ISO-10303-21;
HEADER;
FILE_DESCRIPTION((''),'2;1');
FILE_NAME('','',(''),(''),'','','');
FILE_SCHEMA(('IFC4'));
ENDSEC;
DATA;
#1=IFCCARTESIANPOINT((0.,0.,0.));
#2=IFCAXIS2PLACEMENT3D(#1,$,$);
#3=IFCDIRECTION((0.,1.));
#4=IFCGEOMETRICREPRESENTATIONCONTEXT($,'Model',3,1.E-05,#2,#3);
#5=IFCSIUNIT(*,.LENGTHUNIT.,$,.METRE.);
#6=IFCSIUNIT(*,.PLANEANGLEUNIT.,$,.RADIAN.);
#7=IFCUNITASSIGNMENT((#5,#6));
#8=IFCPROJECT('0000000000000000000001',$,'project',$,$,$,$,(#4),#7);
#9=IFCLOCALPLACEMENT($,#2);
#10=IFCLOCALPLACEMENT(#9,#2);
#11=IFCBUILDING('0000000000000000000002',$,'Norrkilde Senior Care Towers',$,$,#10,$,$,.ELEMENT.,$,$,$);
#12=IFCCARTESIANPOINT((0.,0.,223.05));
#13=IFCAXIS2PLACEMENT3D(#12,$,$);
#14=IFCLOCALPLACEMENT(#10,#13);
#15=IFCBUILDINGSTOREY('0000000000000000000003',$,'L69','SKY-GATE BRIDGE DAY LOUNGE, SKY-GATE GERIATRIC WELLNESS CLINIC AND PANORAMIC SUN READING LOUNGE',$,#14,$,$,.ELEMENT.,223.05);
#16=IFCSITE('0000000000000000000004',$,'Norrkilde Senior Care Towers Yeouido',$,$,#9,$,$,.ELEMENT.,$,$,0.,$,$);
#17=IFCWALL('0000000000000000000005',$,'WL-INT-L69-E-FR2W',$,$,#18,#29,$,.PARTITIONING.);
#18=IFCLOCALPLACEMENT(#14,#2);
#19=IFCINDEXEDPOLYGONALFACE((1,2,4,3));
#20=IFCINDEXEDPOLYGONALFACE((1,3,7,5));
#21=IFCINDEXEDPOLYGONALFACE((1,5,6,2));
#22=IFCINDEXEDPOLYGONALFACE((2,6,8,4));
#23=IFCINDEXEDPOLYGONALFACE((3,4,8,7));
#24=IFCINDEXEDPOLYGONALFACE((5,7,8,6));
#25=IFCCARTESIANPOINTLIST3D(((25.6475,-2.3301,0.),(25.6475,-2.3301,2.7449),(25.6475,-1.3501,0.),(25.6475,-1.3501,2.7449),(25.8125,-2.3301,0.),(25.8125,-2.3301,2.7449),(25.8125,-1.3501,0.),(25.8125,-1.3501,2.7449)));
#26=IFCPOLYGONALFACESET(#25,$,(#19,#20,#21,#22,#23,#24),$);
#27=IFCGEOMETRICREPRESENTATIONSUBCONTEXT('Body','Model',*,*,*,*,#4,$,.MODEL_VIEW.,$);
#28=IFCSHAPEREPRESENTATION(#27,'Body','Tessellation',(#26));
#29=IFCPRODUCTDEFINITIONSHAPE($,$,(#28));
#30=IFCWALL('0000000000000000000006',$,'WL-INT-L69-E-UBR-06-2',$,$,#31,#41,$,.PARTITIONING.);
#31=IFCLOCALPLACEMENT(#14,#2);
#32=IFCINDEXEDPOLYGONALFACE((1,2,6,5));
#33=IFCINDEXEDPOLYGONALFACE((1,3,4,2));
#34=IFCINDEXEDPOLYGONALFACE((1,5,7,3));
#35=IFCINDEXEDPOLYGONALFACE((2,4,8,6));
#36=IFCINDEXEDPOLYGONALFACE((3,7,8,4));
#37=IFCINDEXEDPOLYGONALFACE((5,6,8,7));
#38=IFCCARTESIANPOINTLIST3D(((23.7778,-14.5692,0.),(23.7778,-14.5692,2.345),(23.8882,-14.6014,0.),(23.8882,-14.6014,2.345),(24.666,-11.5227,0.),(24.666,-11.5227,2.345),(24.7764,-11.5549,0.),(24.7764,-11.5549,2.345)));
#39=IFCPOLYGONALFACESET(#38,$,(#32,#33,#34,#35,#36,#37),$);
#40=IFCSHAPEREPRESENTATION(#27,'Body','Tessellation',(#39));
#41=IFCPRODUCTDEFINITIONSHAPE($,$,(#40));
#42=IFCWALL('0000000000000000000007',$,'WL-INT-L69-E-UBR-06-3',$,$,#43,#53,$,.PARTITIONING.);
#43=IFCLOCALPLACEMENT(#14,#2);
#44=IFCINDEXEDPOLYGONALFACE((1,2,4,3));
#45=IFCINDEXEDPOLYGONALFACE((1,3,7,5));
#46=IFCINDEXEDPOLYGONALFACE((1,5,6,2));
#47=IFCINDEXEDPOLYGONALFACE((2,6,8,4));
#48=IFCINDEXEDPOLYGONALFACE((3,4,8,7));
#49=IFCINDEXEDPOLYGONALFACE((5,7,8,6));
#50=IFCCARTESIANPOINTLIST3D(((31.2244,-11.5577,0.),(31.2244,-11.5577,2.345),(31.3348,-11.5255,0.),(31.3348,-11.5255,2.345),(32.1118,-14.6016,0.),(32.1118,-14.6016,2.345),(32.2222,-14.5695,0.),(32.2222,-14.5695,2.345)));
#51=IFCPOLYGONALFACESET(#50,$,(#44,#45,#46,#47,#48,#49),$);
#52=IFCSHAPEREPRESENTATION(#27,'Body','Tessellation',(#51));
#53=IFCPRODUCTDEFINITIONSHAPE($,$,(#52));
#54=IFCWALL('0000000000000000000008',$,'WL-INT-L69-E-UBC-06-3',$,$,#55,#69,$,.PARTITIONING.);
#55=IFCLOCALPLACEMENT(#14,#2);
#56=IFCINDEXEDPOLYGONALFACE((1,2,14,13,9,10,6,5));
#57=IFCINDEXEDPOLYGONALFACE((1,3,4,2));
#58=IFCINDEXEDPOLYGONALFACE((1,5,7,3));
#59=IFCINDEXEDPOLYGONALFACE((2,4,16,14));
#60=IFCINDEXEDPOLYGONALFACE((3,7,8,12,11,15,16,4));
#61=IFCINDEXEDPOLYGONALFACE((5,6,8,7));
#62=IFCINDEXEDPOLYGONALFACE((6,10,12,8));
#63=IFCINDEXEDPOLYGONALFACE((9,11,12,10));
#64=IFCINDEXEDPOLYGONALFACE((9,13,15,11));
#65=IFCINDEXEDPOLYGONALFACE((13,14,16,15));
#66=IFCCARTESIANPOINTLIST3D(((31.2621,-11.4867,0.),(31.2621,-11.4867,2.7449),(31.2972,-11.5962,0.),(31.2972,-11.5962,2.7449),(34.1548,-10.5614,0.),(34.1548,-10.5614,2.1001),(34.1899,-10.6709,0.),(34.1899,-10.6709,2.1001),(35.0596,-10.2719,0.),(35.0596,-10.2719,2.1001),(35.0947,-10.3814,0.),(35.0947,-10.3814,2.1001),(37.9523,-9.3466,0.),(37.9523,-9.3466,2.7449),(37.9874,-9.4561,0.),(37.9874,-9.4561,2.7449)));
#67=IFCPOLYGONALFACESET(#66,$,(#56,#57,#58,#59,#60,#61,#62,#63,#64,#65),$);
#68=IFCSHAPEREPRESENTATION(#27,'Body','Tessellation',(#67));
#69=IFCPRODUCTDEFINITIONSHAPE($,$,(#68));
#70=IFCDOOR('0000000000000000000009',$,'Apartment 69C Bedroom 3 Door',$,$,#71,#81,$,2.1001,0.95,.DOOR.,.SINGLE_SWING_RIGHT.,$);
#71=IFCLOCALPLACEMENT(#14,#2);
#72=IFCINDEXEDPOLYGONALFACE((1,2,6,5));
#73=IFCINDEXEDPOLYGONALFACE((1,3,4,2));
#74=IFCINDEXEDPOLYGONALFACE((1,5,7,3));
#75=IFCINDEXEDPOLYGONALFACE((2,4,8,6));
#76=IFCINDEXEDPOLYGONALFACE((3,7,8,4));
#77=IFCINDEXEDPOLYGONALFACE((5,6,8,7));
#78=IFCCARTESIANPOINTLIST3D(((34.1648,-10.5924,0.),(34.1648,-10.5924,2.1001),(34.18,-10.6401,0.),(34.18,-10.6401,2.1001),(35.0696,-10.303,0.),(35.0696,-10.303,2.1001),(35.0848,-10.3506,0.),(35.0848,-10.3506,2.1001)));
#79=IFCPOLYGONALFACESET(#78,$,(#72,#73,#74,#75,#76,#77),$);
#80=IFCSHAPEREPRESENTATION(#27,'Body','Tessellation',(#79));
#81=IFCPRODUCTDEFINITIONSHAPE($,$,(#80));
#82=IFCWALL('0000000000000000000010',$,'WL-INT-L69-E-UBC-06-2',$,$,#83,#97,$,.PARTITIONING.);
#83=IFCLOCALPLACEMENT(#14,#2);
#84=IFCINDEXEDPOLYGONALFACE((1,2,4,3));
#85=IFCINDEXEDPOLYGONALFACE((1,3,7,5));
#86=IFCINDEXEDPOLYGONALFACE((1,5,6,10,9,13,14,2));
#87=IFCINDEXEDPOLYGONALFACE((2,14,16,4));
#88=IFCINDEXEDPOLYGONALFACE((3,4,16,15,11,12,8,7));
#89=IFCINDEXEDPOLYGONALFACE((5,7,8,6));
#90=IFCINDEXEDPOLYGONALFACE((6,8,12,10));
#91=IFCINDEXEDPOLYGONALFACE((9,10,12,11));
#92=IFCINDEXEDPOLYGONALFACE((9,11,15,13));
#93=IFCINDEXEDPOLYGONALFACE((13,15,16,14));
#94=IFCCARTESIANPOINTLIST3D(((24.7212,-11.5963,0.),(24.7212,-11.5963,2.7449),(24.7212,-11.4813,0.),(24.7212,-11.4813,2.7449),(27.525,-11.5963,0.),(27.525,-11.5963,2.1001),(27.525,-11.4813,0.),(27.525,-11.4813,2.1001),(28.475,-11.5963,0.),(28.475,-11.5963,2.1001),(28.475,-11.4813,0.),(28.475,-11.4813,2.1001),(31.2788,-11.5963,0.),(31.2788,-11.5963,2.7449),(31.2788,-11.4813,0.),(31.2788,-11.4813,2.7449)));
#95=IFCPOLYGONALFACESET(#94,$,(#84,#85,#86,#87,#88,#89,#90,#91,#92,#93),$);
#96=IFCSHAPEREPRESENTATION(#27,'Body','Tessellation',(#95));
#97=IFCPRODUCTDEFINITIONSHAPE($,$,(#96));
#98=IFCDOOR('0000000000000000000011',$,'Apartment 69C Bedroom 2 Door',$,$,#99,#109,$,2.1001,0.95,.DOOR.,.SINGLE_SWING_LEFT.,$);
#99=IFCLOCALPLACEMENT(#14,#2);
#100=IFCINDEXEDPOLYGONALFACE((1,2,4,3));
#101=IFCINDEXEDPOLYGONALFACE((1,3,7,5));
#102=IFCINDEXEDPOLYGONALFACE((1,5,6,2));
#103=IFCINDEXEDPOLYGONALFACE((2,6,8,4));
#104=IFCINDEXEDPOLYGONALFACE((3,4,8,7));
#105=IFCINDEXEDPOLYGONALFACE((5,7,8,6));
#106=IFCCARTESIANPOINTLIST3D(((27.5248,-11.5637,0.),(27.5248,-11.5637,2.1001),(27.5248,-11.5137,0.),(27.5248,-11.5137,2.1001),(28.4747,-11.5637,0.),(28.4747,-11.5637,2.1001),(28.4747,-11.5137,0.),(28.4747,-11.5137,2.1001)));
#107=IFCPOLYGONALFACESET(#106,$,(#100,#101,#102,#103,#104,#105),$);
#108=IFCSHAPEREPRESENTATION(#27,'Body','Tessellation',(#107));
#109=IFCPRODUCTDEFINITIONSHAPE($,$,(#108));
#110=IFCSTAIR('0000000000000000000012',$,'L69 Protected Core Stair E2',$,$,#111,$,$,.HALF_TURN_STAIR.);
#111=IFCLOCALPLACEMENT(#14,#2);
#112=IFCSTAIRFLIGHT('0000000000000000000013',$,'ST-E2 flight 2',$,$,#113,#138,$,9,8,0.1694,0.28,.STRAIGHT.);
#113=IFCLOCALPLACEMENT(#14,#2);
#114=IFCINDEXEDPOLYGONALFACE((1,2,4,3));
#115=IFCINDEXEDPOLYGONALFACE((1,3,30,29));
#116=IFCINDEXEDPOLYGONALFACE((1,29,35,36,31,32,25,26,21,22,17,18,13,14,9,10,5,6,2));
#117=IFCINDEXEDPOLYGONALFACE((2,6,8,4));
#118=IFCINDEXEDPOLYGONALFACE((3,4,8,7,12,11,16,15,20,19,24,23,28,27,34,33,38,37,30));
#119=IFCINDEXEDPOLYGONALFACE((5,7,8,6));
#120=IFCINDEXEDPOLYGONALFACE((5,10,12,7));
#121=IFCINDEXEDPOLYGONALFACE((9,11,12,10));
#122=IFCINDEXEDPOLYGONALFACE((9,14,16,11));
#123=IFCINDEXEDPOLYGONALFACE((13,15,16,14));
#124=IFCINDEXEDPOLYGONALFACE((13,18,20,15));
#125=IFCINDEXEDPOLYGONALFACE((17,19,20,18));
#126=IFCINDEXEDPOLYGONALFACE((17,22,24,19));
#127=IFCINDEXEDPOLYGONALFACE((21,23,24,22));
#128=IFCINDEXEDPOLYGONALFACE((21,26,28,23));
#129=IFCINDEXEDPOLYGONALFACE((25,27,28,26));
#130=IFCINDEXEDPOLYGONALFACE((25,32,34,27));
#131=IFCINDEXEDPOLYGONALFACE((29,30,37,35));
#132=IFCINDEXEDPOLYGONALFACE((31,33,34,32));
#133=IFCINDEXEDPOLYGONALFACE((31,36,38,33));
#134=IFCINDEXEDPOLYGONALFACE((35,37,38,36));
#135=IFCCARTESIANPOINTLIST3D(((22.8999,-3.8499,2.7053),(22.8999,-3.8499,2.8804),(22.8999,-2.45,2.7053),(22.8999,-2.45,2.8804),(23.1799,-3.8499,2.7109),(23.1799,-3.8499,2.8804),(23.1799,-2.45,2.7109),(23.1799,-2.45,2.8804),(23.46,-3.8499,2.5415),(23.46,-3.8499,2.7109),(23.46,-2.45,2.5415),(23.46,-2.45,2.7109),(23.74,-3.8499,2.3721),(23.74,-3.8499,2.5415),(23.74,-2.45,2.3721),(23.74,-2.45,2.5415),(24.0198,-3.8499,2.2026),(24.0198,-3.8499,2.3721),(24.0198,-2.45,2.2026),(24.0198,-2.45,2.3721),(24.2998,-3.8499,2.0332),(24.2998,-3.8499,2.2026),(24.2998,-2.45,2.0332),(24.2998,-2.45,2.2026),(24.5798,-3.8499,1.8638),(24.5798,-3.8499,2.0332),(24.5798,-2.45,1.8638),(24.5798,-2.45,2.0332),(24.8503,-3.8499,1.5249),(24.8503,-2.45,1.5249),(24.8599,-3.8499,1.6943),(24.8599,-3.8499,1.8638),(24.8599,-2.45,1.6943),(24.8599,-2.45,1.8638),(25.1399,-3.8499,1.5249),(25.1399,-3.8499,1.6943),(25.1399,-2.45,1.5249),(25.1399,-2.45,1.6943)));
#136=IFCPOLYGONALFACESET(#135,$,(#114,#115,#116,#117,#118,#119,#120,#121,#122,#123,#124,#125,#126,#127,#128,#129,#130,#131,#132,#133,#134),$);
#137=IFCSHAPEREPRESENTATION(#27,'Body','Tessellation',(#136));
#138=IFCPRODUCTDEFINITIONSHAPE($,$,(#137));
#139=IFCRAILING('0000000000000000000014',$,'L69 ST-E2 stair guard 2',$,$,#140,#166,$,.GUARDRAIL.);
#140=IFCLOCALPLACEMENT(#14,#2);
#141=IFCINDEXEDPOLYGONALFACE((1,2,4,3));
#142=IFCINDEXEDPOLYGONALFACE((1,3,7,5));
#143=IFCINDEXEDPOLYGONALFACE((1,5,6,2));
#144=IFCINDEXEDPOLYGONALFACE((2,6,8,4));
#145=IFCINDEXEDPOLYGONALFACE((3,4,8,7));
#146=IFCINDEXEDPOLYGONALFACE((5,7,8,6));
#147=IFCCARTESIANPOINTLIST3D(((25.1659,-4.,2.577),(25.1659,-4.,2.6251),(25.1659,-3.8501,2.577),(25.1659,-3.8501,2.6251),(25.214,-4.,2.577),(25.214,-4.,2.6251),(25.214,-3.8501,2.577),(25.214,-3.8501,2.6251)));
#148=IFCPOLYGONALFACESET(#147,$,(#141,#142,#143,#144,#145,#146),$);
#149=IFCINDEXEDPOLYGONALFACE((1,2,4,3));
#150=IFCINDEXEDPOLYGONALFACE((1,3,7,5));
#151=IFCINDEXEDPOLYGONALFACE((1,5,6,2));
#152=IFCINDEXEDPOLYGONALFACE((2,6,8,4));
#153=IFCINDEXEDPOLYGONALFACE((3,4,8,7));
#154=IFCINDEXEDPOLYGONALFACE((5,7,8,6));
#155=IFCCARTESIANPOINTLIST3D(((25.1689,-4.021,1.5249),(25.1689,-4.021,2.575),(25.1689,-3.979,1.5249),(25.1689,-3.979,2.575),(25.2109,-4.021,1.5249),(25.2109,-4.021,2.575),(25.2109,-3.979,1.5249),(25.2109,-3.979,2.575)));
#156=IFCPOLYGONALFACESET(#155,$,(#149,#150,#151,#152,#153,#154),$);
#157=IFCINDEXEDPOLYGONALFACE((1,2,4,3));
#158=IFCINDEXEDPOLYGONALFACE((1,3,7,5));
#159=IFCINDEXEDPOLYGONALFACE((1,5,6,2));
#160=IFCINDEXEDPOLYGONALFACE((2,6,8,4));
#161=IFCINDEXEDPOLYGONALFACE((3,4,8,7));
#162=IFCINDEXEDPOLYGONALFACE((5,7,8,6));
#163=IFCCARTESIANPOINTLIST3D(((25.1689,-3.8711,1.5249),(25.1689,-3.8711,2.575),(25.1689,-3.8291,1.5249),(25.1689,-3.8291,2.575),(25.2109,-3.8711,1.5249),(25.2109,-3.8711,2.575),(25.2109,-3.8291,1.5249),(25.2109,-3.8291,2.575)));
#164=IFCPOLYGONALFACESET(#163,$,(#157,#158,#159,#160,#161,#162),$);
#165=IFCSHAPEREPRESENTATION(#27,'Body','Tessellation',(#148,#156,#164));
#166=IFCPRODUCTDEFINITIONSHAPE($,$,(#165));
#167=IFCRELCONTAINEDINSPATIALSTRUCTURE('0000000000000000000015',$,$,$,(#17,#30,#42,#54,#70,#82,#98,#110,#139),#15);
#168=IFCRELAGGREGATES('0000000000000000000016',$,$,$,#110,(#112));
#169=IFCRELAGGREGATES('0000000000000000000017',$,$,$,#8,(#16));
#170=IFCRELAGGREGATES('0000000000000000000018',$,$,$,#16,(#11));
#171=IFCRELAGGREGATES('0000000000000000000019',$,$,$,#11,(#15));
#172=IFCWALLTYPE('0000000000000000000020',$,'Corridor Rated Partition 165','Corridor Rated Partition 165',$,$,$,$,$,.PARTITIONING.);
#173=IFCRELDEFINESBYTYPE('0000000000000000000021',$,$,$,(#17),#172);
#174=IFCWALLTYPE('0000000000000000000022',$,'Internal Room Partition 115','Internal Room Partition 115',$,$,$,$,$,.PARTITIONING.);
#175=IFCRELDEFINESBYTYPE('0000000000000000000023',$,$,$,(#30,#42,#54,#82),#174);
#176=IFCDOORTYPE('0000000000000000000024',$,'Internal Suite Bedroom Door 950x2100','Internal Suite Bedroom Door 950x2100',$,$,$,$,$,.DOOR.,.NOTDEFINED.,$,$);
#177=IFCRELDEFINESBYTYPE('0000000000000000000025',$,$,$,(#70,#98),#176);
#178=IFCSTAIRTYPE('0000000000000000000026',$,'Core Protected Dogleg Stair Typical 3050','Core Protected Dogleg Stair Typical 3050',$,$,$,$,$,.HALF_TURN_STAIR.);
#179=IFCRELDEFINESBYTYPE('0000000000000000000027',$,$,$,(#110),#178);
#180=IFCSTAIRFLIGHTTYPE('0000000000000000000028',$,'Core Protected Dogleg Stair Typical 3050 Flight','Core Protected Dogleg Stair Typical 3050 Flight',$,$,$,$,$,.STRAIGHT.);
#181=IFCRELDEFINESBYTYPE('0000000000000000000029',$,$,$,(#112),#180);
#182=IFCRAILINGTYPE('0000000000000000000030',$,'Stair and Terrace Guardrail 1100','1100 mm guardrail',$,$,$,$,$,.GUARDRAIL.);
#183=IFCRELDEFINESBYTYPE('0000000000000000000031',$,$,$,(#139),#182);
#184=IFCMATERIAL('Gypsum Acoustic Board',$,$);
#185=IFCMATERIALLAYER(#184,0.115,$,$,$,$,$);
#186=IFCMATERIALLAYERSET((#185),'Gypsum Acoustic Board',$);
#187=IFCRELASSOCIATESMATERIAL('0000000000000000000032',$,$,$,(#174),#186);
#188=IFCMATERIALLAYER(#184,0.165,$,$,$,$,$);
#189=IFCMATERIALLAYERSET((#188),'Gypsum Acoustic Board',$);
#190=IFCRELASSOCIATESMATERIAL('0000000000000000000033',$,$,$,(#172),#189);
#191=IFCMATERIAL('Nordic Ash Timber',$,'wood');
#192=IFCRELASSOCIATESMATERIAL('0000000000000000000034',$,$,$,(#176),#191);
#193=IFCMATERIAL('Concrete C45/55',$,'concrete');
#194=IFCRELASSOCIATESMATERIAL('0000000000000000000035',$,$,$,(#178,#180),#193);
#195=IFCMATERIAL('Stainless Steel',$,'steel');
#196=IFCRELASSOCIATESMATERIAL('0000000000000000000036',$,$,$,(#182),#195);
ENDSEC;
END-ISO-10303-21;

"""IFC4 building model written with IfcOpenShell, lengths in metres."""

from ifc_helpers import new_model, si_unit, direction, frame, frame_2d, origin, origin_2d, place, context, subcontext, project, spatial, polyline, rectangle, outline, extrude, source, transform, mapped, material, layer, layer_set, type_object, type_shapes, element, fill, aggregate, save


model = new_model("IFC4")

# Units and contexts
model_context = context("Model", 3, precision=1e-05, world=origin(), true_north=direction((0.0, 1.0)))
body_context = subcontext(model_context, "Body", "Model", "MODEL_VIEW")
ifc_project = project(units=[si_unit("LENGTHUNIT", "METRE"), si_unit("PLANEANGLEUNIT", "RADIAN")], contexts=[model_context])

# Site, building, storey
site_placement = place(None, origin())
site = spatial("IfcSite", under=ifc_project, at=site_placement, Name="Norrkilde Senior Care Towers Yeouido", CompositionType="ELEMENT", RefElevation=0.0)
building_placement = place(site_placement, origin())
building = spatial("IfcBuilding", under=site, at=building_placement, Name="Norrkilde Senior Care Towers", CompositionType="ELEMENT")
storey_placement = place(building_placement, frame((0.0, 0.0, 223.05)))
storey = spatial("IfcBuildingStorey", under=building, at=storey_placement, Name="L69", Description="SKY-GATE BRIDGE DAY LOUNGE, SKY-GATE GERIATRIC WELLNESS CLINIC AND PANORAMIC SUN READING LOUNGE", CompositionType="ELEMENT", Elevation=223.05)

# Shared definitions
ifc_material_1 = material(Name="Concrete C45/55", Category="concrete")

# Shared definitions
ifc_material_2 = material(Name="Gypsum Acoustic Board")
ifc_layer_1 = layer(ifc_material_2, 0.115)
ifc_layer_set_1 = layer_set([ifc_layer_1], Name="Gypsum Acoustic Board")
wall_type_1 = type_object("IfcWallType", Name="Internal Room Partition 115", Description="Internal Room Partition 115", PredefinedType="PARTITIONING", material=ifc_layer_set_1)

# Shared definitions
ifc_material_3 = material(Name="Stainless Steel", Category="steel")

# Shared definitions
ifc_layer_2 = layer(ifc_material_2, 0.165)
ifc_layer_set_2 = layer_set([ifc_layer_2], Name="Gypsum Acoustic Board")
wall_type_2 = type_object("IfcWallType", Name="Corridor Rated Partition 165", Description="Corridor Rated Partition 165", PredefinedType="PARTITIONING", material=ifc_layer_set_2)

# Walls
shared_shape_1 = source(origin(), body_context, "Body", "SweptSolid", [
    extrude(rectangle(XDim=0.98, YDim=0.165, at=frame_2d((0.49, 0.0))), origin(), (0.0, 0.0, 1.0), 2.7449),
])
wall_1_placement = place(storey_placement, frame((25.73, -2.3301, 0.0), z_axis=(0.0, 0.0, 1.0), x_axis=(0.0, 1.0, 0.0)))
element("IfcWall", 1, at=wall_1_placement, inside=storey, type_object=wall_type_2, Name="WL-INT-L69-E-FR2W", PredefinedType="PARTITIONING", context=body_context, shape_type="MappedRepresentation", body=[
    mapped(shared_shape_1, transform((0.0, 0.0, 0.0), x_axis=(1.0, 0.0, 0.0), y_axis=(0.0, 1.0, 0.0), z_axis=(0.0, 0.0, 1.0), scale=1.0)),
])
shared_shape_2 = source(origin(), body_context, "Body", "SweptSolid", [
    extrude(rectangle(XDim=3.1733, YDim=0.115, at=frame_2d((1.5867, 0.0))), origin(), (0.0, 0.0, 1.0), 2.345),
])
wall_2_placement = place(storey_placement, frame((24.7212, -11.5388, 0.0), z_axis=(0.0, 0.0, 1.0), x_axis=(-0.279879, -0.960035, 0.0)))
element("IfcWall", 2, at=wall_2_placement, inside=storey, type_object=wall_type_1, Name="WL-INT-L69-E-UBR-06-2", PredefinedType="PARTITIONING", context=body_context, shape_type="MappedRepresentation", body=[
    mapped(shared_shape_2, transform((0.0, 0.0, 0.0), x_axis=(1.0, 0.0, 0.0), y_axis=(0.0, 1.0, 0.0), z_axis=(0.0, 0.0, 1.0), scale=1.0)),
])
shared_shape_3 = source(origin(), body_context, "Body", "SweptSolid", [
    extrude(rectangle(XDim=3.1707, YDim=0.115, at=frame_2d((1.5854, 0.0))), origin(), (0.0, 0.0, 1.0), 2.345),
])
wall_3_placement = place(storey_placement, frame((31.2795, -11.5415, 0.0), z_axis=(0.0, 0.0, 1.0), x_axis=(0.279894, -0.960031, 0.0)))
element("IfcWall", 3, at=wall_3_placement, inside=storey, type_object=wall_type_1, Name="WL-INT-L69-E-UBR-06-3", PredefinedType="PARTITIONING", context=body_context, shape_type="MappedRepresentation", body=[
    mapped(shared_shape_3, transform((0.0, 0.0, 0.0), x_axis=(1.0, 0.0, 0.0), y_axis=(0.0, 1.0, 0.0), z_axis=(0.0, 0.0, 1.0), scale=1.0)),
])

# Walls, openings, doors
shared_shape_4 = source(origin(), body_context, "Body", "SweptSolid", [
    extrude(rectangle(XDim=7.0242, YDim=0.115, at=frame_2d((3.5122, 0.0))), origin(), (0.0, 0.0, 1.0), 2.7449),
])
wall_4_placement = place(storey_placement, frame((31.2795, -11.5415, 0.0), z_axis=(0.0, 0.0, 1.0), x_axis=(0.952454, 0.304682, 0.0)))
wall_4 = element("IfcWall", 4, at=wall_4_placement, inside=storey, type_object=wall_type_1, Name="WL-INT-L69-E-UBC-06-3", PredefinedType="PARTITIONING", context=body_context, shape_type="MappedRepresentation", body=[
    mapped(shared_shape_4, transform((0.0, 0.0, 0.0), x_axis=(1.0, 0.0, 0.0), y_axis=(0.0, 1.0, 0.0), z_axis=(0.0, 0.0, 1.0), scale=1.0)),
])
opening_1_placement = place(wall_4_placement, frame((3.0371, 0.0, 0.0)))
opening_1 = element("IfcOpeningElement", 5, at=opening_1_placement, cuts=wall_4, PredefinedType="OPENING", context=body_context, shape_type="SweptSolid", body=[
    extrude(rectangle(XDim=0.95, YDim=2.1001, at=frame_2d((0.4751, 1.05))), frame((0.0, 0.0674, 0.0), z_axis=(0.0, -1.0, 0.0), x_axis=(1.0, 0.0, 0.0)), (0.0, 0.0, 1.0), 0.135),
])
ifc_material_4 = material(Name="Nordic Ash Timber", Category="wood")
door_type_1 = type_object("IfcDoorType", Name="Internal Suite Bedroom Door 950x2100", Description="Internal Suite Bedroom Door 950x2100", OperationType="NOTDEFINED", PredefinedType="DOOR", material=ifc_material_4)
shared_shape_5 = source(origin(), body_context, "Body", "SweptSolid", [
    extrude(rectangle(XDim=0.95, YDim=2.1001, at=frame_2d((0.4751, 1.05))), frame((0.0, 0.0249, 0.0), z_axis=(0.0, -1.0, 0.0), x_axis=(1.0, 0.0, 0.0)), (0.0, 0.0, 1.0), 0.05),
])
type_shapes(door_type_1, [shared_shape_5])
door_1_placement = place(opening_1_placement, origin())
door_1 = element("IfcDoor", 6, at=door_1_placement, inside=storey, type_object=door_type_1, Name="Apartment 69C Bedroom 3 Door", OperationType="SINGLE_SWING_RIGHT", OverallHeight=2.1001, OverallWidth=0.95, PredefinedType="DOOR", context=body_context, shape_type="MappedRepresentation", body=[
    mapped(shared_shape_5, transform((0.0, 0.0, 0.0), x_axis=(1.0, 0.0, 0.0), y_axis=(0.0, 1.0, 0.0), z_axis=(0.0, 0.0, 1.0), scale=1.0)),
])
fill(opening_1, door_1)
shared_shape_6 = source(origin(), body_context, "Body", "SweptSolid", [
    extrude(rectangle(XDim=6.5576, YDim=0.115, at=frame_2d((3.2788, 0.0))), origin(), (0.0, 0.0, 1.0), 2.7449),
])
wall_5_placement = place(storey_placement, frame((24.7212, -11.5388, 0.0), z_axis=(0.0, 0.0, 1.0), x_axis=(1.0, 0.0, 0.0)))
wall_5 = element("IfcWall", 7, at=wall_5_placement, inside=storey, type_object=wall_type_1, Name="WL-INT-L69-E-UBC-06-2", PredefinedType="PARTITIONING", context=body_context, shape_type="MappedRepresentation", body=[
    mapped(shared_shape_6, transform((0.0, 0.0, 0.0), x_axis=(1.0, 0.0, 0.0), y_axis=(0.0, 1.0, 0.0), z_axis=(0.0, 0.0, 1.0), scale=1.0)),
])
opening_2_placement = place(wall_5_placement, frame((2.8037, 0.0, 0.0)))
opening_2 = element("IfcOpeningElement", 8, at=opening_2_placement, cuts=wall_5, PredefinedType="OPENING", context=body_context, shape_type="SweptSolid", body=[
    extrude(rectangle(XDim=0.95, YDim=2.1001, at=frame_2d((0.4751, 1.05))), frame((0.0, 0.0674, 0.0), z_axis=(0.0, -1.0, 0.0), x_axis=(1.0, 0.0, 0.0)), (0.0, 0.0, 1.0), 0.135),
])
door_2_placement = place(opening_2_placement, frame((0.95, 0.0, 0.0), z_axis=(0.0, 0.0, 1.0), x_axis=(-1.0, 0.0, 0.0)))
door_2 = element("IfcDoor", 9, at=door_2_placement, inside=storey, type_object=door_type_1, Name="Apartment 69C Bedroom 2 Door", OperationType="SINGLE_SWING_LEFT", OverallHeight=2.1001, OverallWidth=0.95, PredefinedType="DOOR", context=body_context, shape_type="MappedRepresentation", body=[
    mapped(shared_shape_5, transform((0.0, 0.0, 0.0), x_axis=(1.0, 0.0, 0.0), y_axis=(0.0, 1.0, 0.0), z_axis=(0.0, 0.0, 1.0), scale=1.0)),
])
fill(opening_2, door_2)

# Stair, stair flight
stair_type = type_object("IfcStairType", Name="Core Protected Dogleg Stair Typical 3050", Description="Core Protected Dogleg Stair Typical 3050", PredefinedType="HALF_TURN_STAIR", material=ifc_material_1)
stair_placement = place(storey_placement, origin())
stair = element("IfcStair", 10, at=stair_placement, inside=storey, type_object=stair_type, Name="L69 Protected Core Stair E2", PredefinedType="HALF_TURN_STAIR")
stair_flight_type = type_object("IfcStairFlightType", Name="Core Protected Dogleg Stair Typical 3050 Flight", Description="Core Protected Dogleg Stair Typical 3050 Flight", PredefinedType="STRAIGHT", material=ifc_material_1)
stair_flight_placement = place(storey_placement, frame((25.1399, -3.1499, 1.5249), z_axis=(0.0, 0.0, 1.0), x_axis=(-1.0, 0.0, 0.0)))
stair_flight = element("IfcStairFlight", 11, at=stair_flight_placement, type_object=stair_flight_type, Name="ST-E2 flight 2", NumberOfRisers=9, NumberOfTreads=8, PredefinedType="STRAIGHT", RiserHeight=0.1694, TreadLength=0.28, context=body_context, shape_type="SweptSolid", body=[
    extrude(outline(polyline([(0.0, 0.0), (0.0, 0.1694), (0.28, 0.1694), (0.28, 0.3389), (0.5601, 0.3389), (0.5601, 0.5083), (0.8401, 0.5083), (0.8401, 0.6777), (1.1201, 0.6777), (1.1201, 0.8472), (1.3999, 0.8472), (1.3999, 1.0166), (1.6799, 1.0166), (1.6799, 1.186), (1.96, 1.186), (1.96, 1.3555), (2.24, 1.3555), (2.24, 1.5249), (2.24, 1.1804), (0.2896, 0.0), (0.0, 0.0)])), frame((0.0, 0.7, 0.0), z_axis=(0.0, -1.0, 0.0), x_axis=(1.0, 0.0, 0.0)), (0.0, 0.0, 1.0), 1.3999),
])
aggregate(stair, [stair_flight])

# Railing
railing_type_1 = type_object("IfcRailingType", Name="Stair and Terrace Guardrail 1100", Description="1100 mm guardrail", PredefinedType="GUARDRAIL", material=ifc_material_3)
railing_1_placement = place(storey_placement, frame((25.1899, -4.0, 1.5249)))
element("IfcRailing", 12, at=railing_1_placement, inside=storey, type_object=railing_type_1, Name="L69 ST-E2 stair guard 2", PredefinedType="GUARDRAIL", context=body_context, shape_type="SweptSolid", body=[
    extrude(rectangle(XDim=0.0481, YDim=0.0481, at=origin_2d()), frame((0.0, 0.0, 1.0762), z_axis=(0.0, 1.0, 0.0), x_axis=(-1.0, 0.0, 0.0)), (0.0, 0.0, 1.0), 0.1499),
    extrude(rectangle(XDim=0.042, YDim=0.042, at=origin_2d()), origin(), (0.0, 0.0, 1.0), 1.05),
    extrude(rectangle(XDim=0.042, YDim=0.042, at=origin_2d()), frame((0.0, 0.1499, 0.0)), (0.0, 0.0, 1.0), 1.05),
])

save(model, "model.ifc")
